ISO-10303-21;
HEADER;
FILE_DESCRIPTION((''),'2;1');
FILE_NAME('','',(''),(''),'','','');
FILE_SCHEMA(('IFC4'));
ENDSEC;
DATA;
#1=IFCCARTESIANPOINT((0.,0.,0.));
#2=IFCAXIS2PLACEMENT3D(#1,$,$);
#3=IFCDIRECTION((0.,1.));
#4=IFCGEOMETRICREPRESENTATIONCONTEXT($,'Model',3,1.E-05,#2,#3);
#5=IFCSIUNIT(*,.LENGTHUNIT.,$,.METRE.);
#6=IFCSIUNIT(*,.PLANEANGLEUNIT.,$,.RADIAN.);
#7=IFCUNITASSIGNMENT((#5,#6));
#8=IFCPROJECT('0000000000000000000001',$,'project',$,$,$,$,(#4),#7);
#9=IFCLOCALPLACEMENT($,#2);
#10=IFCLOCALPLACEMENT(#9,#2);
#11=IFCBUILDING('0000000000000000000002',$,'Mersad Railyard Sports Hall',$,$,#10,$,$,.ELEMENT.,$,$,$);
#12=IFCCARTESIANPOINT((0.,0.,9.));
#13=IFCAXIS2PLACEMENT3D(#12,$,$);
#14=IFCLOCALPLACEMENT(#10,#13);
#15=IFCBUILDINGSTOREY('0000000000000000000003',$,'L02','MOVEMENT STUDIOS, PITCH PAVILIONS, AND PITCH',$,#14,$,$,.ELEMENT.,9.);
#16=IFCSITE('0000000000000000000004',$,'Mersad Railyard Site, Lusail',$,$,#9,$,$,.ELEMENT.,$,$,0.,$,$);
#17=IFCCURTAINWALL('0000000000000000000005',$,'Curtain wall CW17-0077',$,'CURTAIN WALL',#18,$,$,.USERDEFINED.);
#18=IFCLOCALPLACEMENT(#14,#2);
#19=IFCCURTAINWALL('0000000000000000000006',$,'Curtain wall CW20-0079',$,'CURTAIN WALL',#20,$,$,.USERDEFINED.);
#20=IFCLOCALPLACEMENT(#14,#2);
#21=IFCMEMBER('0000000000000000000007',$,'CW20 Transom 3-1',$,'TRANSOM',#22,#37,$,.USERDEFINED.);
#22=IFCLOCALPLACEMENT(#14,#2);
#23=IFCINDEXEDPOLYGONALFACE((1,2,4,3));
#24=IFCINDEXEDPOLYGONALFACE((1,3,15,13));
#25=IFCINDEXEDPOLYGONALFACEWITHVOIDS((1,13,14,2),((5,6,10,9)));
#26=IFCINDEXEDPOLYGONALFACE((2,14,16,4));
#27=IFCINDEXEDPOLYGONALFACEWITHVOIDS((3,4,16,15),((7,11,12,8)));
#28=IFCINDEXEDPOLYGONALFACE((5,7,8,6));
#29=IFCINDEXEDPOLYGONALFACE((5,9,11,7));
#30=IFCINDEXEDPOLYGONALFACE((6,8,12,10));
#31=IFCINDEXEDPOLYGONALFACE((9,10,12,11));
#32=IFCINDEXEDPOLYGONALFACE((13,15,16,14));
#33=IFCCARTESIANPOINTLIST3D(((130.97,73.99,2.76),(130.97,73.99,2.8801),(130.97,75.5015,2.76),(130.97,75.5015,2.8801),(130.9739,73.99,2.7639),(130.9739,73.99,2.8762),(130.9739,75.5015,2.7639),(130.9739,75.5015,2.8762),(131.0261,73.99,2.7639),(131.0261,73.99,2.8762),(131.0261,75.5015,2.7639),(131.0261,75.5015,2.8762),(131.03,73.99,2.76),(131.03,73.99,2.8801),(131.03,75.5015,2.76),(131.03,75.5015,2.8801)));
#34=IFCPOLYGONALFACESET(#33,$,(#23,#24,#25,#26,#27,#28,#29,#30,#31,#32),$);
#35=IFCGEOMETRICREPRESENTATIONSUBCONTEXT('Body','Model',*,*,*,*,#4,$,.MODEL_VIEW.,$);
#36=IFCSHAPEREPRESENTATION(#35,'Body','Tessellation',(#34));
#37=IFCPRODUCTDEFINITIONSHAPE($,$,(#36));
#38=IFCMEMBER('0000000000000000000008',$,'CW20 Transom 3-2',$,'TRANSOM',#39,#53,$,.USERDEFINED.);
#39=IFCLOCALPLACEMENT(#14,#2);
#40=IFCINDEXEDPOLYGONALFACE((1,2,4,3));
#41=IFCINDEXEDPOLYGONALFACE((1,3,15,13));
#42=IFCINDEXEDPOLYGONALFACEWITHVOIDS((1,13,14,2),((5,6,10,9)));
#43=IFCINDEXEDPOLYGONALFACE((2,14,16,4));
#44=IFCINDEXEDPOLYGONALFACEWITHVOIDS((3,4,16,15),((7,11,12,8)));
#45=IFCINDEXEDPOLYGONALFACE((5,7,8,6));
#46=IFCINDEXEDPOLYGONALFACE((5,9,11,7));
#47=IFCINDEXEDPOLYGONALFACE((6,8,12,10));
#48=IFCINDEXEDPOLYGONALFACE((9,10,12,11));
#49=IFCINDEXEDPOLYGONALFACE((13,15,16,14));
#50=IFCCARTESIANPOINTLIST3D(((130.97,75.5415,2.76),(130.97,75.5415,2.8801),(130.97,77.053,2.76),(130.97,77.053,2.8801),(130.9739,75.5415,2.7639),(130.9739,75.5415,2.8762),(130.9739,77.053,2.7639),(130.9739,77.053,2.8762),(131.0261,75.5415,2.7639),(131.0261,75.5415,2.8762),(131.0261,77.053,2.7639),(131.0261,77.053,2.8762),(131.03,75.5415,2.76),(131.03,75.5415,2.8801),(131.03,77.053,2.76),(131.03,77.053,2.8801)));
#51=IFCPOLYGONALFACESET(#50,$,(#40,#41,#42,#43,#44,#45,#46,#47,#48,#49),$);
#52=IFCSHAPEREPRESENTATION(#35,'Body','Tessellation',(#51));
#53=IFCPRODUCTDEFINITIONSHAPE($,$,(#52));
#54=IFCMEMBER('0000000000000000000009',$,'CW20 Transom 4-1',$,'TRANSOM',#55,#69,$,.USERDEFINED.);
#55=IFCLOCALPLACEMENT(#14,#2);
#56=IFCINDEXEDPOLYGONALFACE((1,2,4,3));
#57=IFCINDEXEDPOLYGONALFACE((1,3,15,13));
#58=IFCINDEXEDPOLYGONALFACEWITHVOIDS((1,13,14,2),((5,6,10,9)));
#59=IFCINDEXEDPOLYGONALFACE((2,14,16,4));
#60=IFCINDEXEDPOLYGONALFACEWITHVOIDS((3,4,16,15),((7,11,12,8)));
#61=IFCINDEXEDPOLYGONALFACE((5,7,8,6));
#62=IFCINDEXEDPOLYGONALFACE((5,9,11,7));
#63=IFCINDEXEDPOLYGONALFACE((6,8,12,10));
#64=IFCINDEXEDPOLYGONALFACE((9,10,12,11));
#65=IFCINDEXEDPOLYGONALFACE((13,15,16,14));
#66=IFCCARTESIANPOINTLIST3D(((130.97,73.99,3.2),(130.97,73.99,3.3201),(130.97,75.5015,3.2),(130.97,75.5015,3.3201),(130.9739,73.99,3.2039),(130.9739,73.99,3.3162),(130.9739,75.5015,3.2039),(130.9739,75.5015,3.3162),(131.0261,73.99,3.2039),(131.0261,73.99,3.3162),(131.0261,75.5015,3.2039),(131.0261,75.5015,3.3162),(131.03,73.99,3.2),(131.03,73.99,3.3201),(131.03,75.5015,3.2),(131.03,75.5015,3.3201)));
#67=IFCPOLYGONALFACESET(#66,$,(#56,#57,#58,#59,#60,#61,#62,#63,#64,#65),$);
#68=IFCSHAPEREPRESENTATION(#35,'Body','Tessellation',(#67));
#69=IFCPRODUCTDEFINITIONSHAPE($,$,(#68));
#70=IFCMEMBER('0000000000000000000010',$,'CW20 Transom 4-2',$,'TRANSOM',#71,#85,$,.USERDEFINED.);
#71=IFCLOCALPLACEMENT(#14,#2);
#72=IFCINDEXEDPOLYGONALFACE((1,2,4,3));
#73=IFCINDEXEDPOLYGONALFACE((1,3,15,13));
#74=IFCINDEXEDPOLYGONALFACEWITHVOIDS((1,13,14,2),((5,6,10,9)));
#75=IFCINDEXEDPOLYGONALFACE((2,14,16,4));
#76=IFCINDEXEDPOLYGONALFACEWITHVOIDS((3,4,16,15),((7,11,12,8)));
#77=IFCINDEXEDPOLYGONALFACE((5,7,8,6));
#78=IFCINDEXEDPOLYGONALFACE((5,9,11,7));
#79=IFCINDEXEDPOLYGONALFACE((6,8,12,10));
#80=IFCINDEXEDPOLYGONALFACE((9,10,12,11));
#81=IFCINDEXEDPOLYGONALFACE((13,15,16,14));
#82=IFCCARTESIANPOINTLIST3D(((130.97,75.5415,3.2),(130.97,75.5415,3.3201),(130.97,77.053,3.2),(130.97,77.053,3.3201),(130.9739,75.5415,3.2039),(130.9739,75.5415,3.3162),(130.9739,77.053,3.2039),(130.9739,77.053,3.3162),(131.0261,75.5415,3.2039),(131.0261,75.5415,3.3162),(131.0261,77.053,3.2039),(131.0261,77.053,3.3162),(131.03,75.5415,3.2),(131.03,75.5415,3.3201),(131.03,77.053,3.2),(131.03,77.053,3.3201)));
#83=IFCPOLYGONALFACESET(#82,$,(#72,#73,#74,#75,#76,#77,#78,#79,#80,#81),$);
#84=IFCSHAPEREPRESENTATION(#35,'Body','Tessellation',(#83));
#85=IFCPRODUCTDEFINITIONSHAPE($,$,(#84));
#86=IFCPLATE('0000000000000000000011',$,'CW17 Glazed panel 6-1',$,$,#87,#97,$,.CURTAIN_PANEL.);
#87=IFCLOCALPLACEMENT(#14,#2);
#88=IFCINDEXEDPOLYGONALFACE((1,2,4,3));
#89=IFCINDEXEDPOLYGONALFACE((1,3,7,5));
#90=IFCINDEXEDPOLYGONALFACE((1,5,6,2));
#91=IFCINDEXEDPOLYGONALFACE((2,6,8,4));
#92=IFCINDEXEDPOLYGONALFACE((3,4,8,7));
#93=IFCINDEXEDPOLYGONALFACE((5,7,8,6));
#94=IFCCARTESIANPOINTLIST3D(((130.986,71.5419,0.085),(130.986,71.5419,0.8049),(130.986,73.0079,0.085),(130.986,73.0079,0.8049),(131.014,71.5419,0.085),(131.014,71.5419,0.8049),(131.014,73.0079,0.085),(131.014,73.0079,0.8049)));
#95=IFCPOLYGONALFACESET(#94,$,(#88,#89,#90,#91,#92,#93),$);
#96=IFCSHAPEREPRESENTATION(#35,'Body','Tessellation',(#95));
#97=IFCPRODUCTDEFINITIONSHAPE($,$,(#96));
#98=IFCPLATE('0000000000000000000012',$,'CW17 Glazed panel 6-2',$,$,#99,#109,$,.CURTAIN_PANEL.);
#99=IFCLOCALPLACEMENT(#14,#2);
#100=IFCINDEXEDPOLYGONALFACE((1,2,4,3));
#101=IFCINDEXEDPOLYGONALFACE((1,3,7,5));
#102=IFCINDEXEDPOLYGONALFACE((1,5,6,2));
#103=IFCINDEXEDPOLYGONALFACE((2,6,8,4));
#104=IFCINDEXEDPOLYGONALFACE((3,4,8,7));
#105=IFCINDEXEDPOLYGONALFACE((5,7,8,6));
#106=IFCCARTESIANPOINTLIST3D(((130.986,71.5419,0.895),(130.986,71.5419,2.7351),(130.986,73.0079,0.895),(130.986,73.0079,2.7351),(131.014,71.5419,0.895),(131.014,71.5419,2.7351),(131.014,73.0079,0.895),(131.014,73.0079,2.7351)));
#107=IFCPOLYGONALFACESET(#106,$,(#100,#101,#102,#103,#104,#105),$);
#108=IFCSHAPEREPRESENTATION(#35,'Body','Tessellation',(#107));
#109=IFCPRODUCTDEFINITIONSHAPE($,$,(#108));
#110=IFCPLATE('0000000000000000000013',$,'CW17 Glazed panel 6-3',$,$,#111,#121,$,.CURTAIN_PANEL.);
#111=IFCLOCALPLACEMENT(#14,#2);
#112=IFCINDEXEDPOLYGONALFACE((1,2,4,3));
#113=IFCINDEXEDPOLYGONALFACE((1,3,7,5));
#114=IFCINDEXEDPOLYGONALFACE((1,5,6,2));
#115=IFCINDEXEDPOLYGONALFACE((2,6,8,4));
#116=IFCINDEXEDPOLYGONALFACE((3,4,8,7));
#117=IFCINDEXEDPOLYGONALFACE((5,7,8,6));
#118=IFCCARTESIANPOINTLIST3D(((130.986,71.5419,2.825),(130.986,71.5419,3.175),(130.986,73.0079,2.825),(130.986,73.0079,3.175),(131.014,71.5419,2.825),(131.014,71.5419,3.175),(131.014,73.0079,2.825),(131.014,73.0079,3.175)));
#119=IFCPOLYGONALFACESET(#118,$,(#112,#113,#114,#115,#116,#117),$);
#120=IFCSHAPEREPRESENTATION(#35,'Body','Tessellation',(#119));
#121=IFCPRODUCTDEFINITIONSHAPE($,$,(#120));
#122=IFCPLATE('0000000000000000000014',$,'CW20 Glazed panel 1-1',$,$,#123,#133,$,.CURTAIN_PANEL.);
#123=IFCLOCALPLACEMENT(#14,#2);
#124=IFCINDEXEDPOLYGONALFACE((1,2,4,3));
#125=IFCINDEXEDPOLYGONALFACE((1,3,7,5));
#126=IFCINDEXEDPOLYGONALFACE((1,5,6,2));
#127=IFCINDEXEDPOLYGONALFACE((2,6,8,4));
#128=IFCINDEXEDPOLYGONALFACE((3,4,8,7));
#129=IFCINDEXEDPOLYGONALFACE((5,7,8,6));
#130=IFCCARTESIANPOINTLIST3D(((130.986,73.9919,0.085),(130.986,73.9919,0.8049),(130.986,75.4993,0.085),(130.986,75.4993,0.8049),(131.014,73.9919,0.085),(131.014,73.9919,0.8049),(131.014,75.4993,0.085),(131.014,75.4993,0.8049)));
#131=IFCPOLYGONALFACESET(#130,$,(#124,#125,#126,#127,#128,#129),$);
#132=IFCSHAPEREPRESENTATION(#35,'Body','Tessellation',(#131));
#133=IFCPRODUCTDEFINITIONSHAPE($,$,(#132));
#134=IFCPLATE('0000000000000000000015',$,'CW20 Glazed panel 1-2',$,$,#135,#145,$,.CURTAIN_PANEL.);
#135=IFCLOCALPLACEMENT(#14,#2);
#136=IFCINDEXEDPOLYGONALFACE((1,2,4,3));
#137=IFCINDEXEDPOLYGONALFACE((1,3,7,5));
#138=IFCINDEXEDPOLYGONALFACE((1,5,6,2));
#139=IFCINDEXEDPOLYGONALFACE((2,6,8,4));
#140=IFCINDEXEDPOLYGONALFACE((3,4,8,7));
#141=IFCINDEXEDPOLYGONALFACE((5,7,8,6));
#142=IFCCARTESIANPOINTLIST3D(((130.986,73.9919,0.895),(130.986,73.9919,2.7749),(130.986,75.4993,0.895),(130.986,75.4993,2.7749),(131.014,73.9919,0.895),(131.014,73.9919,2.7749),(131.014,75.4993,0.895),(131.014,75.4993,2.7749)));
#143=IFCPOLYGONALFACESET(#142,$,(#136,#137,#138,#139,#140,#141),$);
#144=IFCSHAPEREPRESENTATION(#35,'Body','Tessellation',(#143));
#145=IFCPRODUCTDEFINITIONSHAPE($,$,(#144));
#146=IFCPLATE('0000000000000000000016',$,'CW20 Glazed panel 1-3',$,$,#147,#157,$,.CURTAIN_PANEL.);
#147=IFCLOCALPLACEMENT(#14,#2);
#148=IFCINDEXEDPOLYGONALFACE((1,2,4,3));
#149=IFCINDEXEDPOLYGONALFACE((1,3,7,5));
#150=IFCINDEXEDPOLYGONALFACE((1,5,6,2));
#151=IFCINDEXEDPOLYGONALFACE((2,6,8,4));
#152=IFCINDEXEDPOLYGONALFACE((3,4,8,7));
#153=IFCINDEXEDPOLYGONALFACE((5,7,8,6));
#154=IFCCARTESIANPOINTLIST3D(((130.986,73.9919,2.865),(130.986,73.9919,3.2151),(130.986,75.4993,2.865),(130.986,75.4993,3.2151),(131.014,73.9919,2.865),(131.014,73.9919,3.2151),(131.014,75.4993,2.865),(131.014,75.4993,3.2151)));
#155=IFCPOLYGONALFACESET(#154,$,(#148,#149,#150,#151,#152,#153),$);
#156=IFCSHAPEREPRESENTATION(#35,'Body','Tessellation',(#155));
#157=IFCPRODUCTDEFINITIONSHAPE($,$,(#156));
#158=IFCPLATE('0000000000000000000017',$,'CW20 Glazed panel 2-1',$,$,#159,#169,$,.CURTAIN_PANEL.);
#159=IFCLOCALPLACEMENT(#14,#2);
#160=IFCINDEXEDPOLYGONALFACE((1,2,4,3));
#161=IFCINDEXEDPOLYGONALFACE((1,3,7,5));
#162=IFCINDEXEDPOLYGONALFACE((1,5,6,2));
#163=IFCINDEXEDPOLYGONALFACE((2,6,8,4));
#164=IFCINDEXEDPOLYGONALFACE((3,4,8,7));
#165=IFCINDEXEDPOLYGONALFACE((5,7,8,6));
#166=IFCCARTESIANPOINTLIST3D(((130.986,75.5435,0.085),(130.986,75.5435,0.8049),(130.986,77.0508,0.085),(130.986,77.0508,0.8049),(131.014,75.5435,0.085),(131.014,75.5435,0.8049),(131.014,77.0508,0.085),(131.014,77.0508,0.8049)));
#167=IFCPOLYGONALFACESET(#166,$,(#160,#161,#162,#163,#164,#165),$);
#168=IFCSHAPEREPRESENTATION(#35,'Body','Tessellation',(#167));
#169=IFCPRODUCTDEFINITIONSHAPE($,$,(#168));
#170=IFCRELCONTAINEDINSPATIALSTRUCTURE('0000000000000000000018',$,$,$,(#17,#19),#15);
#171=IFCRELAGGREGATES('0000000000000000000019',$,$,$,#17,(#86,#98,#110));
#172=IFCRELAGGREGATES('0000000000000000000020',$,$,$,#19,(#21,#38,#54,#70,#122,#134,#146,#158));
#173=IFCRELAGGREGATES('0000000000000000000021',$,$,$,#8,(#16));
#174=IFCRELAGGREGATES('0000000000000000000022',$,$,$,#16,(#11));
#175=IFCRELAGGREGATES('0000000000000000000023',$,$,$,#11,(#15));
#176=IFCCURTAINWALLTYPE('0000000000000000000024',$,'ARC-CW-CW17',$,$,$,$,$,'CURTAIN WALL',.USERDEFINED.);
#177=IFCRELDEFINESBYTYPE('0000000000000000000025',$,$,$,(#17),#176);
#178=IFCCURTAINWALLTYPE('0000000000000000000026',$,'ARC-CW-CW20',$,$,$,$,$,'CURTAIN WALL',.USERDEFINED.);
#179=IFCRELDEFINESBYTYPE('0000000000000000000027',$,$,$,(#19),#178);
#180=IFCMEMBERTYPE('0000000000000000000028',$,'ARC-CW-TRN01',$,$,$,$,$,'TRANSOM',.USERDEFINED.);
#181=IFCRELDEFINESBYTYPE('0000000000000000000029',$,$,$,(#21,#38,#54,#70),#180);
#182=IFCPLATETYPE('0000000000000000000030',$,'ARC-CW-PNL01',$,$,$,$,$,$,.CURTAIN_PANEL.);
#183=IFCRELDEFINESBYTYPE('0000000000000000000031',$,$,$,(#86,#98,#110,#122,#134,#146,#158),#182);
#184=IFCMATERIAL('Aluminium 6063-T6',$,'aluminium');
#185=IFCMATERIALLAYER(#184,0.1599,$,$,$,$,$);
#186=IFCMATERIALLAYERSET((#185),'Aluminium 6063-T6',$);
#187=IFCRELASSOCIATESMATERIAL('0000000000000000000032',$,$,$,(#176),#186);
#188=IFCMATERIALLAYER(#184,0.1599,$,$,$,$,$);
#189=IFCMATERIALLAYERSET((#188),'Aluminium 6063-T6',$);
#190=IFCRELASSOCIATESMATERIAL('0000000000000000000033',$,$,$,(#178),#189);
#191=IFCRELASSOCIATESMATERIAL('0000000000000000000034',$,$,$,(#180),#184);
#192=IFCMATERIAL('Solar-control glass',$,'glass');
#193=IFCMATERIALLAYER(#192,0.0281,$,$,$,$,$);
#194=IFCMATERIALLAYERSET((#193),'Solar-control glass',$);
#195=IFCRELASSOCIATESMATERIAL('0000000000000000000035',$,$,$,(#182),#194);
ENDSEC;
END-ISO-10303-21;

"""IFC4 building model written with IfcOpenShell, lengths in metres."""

from ifc_helpers import new_model, si_unit, direction, frame, origin, origin_2d, place, context, subcontext, project, spatial, rectangle, hollow_rectangle, extrude, material, layer, layer_set, material_profile, profile_set, type_object, element, aggregate, save


model = new_model("IFC4")

# Units and contexts
model_context = context("Model", 3, precision=1e-05, world=origin(), true_north=direction((0.0, 1.0)))
body_context = subcontext(model_context, "Body", "Model", "MODEL_VIEW")
ifc_project = project(units=[si_unit("LENGTHUNIT", "METRE"), si_unit("PLANEANGLEUNIT", "RADIAN")], contexts=[model_context])

# Site, building, storey
site_placement = place(None, origin())
site = spatial("IfcSite", under=ifc_project, at=site_placement, Name="Mersad Railyard Site, Lusail", CompositionType="ELEMENT", RefElevation=0.0)
building_placement = place(site_placement, origin())
building = spatial("IfcBuilding", under=site, at=building_placement, Name="Mersad Railyard Sports Hall", CompositionType="ELEMENT")
storey_placement = place(building_placement, frame((0.0, 0.0, 9.0)))
storey = spatial("IfcBuildingStorey", under=building, at=storey_placement, Name="L02", Description="MOVEMENT STUDIOS, PITCH PAVILIONS, AND PITCH", CompositionType="ELEMENT", Elevation=9.0)

# Curtain wall
ifc_material_1 = material(Name="Aluminium 6063-T6", Category="aluminium")
ifc_layer_1 = layer(ifc_material_1, 0.1599)
ifc_layer_set_1 = layer_set([ifc_layer_1], Name="Aluminium 6063-T6")
curtain_wall_type_1 = type_object("IfcCurtainWallType", Name="ARC-CW-CW17", ElementType="CURTAIN WALL", PredefinedType="USERDEFINED", material=ifc_layer_set_1)
curtain_wall_1_placement = place(storey_placement, origin())
curtain_wall_1 = element("IfcCurtainWall", 1, at=curtain_wall_1_placement, inside=storey, type_object=curtain_wall_type_1, Name="Curtain wall CW17-0077", ObjectType="CURTAIN WALL", PredefinedType="USERDEFINED")

# Curtain wall
ifc_layer_2 = layer(ifc_material_1, 0.1599)
ifc_layer_set_2 = layer_set([ifc_layer_2], Name="Aluminium 6063-T6")
curtain_wall_type_2 = type_object("IfcCurtainWallType", Name="ARC-CW-CW20", ElementType="CURTAIN WALL", PredefinedType="USERDEFINED", material=ifc_layer_set_2)
curtain_wall_2_placement = place(storey_placement, origin())
curtain_wall_2 = element("IfcCurtainWall", 2, at=curtain_wall_2_placement, inside=storey, type_object=curtain_wall_type_2, Name="Curtain wall CW20-0079", ObjectType="CURTAIN WALL", PredefinedType="USERDEFINED")

# Members
ifc_material_profile_1 = material_profile(ifc_material_1, hollow_rectangle(XDim=0.0601, YDim=0.1201, WallThickness=0.0039, at=origin_2d()), Name="AL TRANSOM 60x120x4")
ifc_profile_set_1 = profile_set([ifc_material_profile_1], Name="Aluminium 6063-T6")
member_type_1 = type_object("IfcMemberType", Name="ARC-CW-TRN01", ElementType="TRANSOM", PredefinedType="USERDEFINED", material=ifc_profile_set_1)
member_1_placement = place(storey_placement, frame((131.0, 73.99, 2.8201), z_axis=(0.0, 1.0, 0.0), x_axis=(-1.0, 0.0, 0.0)))
member_1 = element("IfcMember", 3, at=member_1_placement, type_object=member_type_1, Name="CW20 Transom 3-1", ObjectType="TRANSOM", PredefinedType="USERDEFINED", context=body_context, shape_type="SweptSolid", body=[
    extrude(hollow_rectangle(XDim=0.0601, YDim=0.1201, WallThickness=0.0039, at=origin_2d()), origin(), (0.0, 0.0, 1.0), 1.5115),
])
member_2_placement = place(storey_placement, frame((131.0, 75.5415, 2.8201), z_axis=(0.0, 1.0, 0.0), x_axis=(-1.0, 0.0, 0.0)))
member_2 = element("IfcMember", 4, at=member_2_placement, type_object=member_type_1, Name="CW20 Transom 3-2", ObjectType="TRANSOM", PredefinedType="USERDEFINED", context=body_context, shape_type="SweptSolid", body=[
    extrude(hollow_rectangle(XDim=0.0601, YDim=0.1201, WallThickness=0.0039, at=origin_2d()), origin(), (0.0, 0.0, 1.0), 1.5115),
])
member_3_placement = place(storey_placement, frame((131.0, 73.99, 3.26), z_axis=(0.0, 1.0, 0.0), x_axis=(-1.0, 0.0, 0.0)))
member_3 = element("IfcMember", 5, at=member_3_placement, type_object=member_type_1, Name="CW20 Transom 4-1", ObjectType="TRANSOM", PredefinedType="USERDEFINED", context=body_context, shape_type="SweptSolid", body=[
    extrude(hollow_rectangle(XDim=0.0601, YDim=0.1201, WallThickness=0.0039, at=origin_2d()), origin(), (0.0, 0.0, 1.0), 1.5115),
])
member_4_placement = place(storey_placement, frame((131.0, 75.5415, 3.26), z_axis=(0.0, 1.0, 0.0), x_axis=(-1.0, 0.0, 0.0)))
member_4 = element("IfcMember", 6, at=member_4_placement, type_object=member_type_1, Name="CW20 Transom 4-2", ObjectType="TRANSOM", PredefinedType="USERDEFINED", context=body_context, shape_type="SweptSolid", body=[
    extrude(hollow_rectangle(XDim=0.0601, YDim=0.1201, WallThickness=0.0039, at=origin_2d()), origin(), (0.0, 0.0, 1.0), 1.5115),
])

# Plates
ifc_material_2 = material(Name="Solar-control glass", Category="glass")
ifc_layer_3 = layer(ifc_material_2, 0.0281)
ifc_layer_set_3 = layer_set([ifc_layer_3], Name="Solar-control glass")
plate_type = type_object("IfcPlateType", Name="ARC-CW-PNL01", PredefinedType="CURTAIN_PANEL", material=ifc_layer_set_3)
plate_1_placement = place(storey_placement, frame((131.0, 72.2749, 0.085), z_axis=(0.0, 0.0, 1.0), x_axis=(0.0, 1.0, 0.0)))
plate_1 = element("IfcPlate", 7, at=plate_1_placement, type_object=plate_type, Name="CW17 Glazed panel 6-1", PredefinedType="CURTAIN_PANEL", context=body_context, shape_type="SweptSolid", body=[
    extrude(rectangle(XDim=1.4661, YDim=0.0281, at=origin_2d()), origin(), (0.0, 0.0, 1.0), 0.72),
])
plate_2_placement = place(storey_placement, frame((131.0, 72.2749, 0.895), z_axis=(0.0, 0.0, 1.0), x_axis=(0.0, 1.0, 0.0)))
plate_2 = element("IfcPlate", 8, at=plate_2_placement, type_object=plate_type, Name="CW17 Glazed panel 6-2", PredefinedType="CURTAIN_PANEL", context=body_context, shape_type="SweptSolid", body=[
    extrude(rectangle(XDim=1.4661, YDim=0.0281, at=origin_2d()), origin(), (0.0, 0.0, 1.0), 1.8401),
])
plate_3_placement = place(storey_placement, frame((131.0, 72.2749, 2.825), z_axis=(0.0, 0.0, 1.0), x_axis=(0.0, 1.0, 0.0)))
plate_3 = element("IfcPlate", 9, at=plate_3_placement, type_object=plate_type, Name="CW17 Glazed panel 6-3", PredefinedType="CURTAIN_PANEL", context=body_context, shape_type="SweptSolid", body=[
    extrude(rectangle(XDim=1.4661, YDim=0.0281, at=origin_2d()), origin(), (0.0, 0.0, 1.0), 0.3501),
])
aggregate(curtain_wall_1, [plate_1, plate_2, plate_3])
plate_4_placement = place(storey_placement, frame((131.0, 74.7456, 0.085), z_axis=(0.0, 0.0, 1.0), x_axis=(0.0, 1.0, 0.0)))
plate_4 = element("IfcPlate", 10, at=plate_4_placement, type_object=plate_type, Name="CW20 Glazed panel 1-1", PredefinedType="CURTAIN_PANEL", context=body_context, shape_type="SweptSolid", body=[
    extrude(rectangle(XDim=1.5073, YDim=0.0281, at=origin_2d()), origin(), (0.0, 0.0, 1.0), 0.72),
])
plate_5_placement = place(storey_placement, frame((131.0, 74.7456, 0.895), z_axis=(0.0, 0.0, 1.0), x_axis=(0.0, 1.0, 0.0)))
plate_5 = element("IfcPlate", 11, at=plate_5_placement, type_object=plate_type, Name="CW20 Glazed panel 1-2", PredefinedType="CURTAIN_PANEL", context=body_context, shape_type="SweptSolid", body=[
    extrude(rectangle(XDim=1.5073, YDim=0.0281, at=origin_2d()), origin(), (0.0, 0.0, 1.0), 1.8799),
])
plate_6_placement = place(storey_placement, frame((131.0, 74.7456, 2.865), z_axis=(0.0, 0.0, 1.0), x_axis=(0.0, 1.0, 0.0)))
plate_6 = element("IfcPlate", 12, at=plate_6_placement, type_object=plate_type, Name="CW20 Glazed panel 1-3", PredefinedType="CURTAIN_PANEL", context=body_context, shape_type="SweptSolid", body=[
    extrude(rectangle(XDim=1.5073, YDim=0.0281, at=origin_2d()), origin(), (0.0, 0.0, 1.0), 0.3501),
])
plate_7_placement = place(storey_placement, frame((131.0, 76.2971, 0.085), z_axis=(0.0, 0.0, 1.0), x_axis=(0.0, 1.0, 0.0)))
plate_7 = element("IfcPlate", 13, at=plate_7_placement, type_object=plate_type, Name="CW20 Glazed panel 2-1", PredefinedType="CURTAIN_PANEL", context=body_context, shape_type="SweptSolid", body=[
    extrude(rectangle(XDim=1.5073, YDim=0.0281, at=origin_2d()), origin(), (0.0, 0.0, 1.0), 0.72),
])
aggregate(curtain_wall_2, [member_1, member_2, member_3, member_4, plate_4, plate_5, plate_6, plate_7])

save(model, "model.ifc")
